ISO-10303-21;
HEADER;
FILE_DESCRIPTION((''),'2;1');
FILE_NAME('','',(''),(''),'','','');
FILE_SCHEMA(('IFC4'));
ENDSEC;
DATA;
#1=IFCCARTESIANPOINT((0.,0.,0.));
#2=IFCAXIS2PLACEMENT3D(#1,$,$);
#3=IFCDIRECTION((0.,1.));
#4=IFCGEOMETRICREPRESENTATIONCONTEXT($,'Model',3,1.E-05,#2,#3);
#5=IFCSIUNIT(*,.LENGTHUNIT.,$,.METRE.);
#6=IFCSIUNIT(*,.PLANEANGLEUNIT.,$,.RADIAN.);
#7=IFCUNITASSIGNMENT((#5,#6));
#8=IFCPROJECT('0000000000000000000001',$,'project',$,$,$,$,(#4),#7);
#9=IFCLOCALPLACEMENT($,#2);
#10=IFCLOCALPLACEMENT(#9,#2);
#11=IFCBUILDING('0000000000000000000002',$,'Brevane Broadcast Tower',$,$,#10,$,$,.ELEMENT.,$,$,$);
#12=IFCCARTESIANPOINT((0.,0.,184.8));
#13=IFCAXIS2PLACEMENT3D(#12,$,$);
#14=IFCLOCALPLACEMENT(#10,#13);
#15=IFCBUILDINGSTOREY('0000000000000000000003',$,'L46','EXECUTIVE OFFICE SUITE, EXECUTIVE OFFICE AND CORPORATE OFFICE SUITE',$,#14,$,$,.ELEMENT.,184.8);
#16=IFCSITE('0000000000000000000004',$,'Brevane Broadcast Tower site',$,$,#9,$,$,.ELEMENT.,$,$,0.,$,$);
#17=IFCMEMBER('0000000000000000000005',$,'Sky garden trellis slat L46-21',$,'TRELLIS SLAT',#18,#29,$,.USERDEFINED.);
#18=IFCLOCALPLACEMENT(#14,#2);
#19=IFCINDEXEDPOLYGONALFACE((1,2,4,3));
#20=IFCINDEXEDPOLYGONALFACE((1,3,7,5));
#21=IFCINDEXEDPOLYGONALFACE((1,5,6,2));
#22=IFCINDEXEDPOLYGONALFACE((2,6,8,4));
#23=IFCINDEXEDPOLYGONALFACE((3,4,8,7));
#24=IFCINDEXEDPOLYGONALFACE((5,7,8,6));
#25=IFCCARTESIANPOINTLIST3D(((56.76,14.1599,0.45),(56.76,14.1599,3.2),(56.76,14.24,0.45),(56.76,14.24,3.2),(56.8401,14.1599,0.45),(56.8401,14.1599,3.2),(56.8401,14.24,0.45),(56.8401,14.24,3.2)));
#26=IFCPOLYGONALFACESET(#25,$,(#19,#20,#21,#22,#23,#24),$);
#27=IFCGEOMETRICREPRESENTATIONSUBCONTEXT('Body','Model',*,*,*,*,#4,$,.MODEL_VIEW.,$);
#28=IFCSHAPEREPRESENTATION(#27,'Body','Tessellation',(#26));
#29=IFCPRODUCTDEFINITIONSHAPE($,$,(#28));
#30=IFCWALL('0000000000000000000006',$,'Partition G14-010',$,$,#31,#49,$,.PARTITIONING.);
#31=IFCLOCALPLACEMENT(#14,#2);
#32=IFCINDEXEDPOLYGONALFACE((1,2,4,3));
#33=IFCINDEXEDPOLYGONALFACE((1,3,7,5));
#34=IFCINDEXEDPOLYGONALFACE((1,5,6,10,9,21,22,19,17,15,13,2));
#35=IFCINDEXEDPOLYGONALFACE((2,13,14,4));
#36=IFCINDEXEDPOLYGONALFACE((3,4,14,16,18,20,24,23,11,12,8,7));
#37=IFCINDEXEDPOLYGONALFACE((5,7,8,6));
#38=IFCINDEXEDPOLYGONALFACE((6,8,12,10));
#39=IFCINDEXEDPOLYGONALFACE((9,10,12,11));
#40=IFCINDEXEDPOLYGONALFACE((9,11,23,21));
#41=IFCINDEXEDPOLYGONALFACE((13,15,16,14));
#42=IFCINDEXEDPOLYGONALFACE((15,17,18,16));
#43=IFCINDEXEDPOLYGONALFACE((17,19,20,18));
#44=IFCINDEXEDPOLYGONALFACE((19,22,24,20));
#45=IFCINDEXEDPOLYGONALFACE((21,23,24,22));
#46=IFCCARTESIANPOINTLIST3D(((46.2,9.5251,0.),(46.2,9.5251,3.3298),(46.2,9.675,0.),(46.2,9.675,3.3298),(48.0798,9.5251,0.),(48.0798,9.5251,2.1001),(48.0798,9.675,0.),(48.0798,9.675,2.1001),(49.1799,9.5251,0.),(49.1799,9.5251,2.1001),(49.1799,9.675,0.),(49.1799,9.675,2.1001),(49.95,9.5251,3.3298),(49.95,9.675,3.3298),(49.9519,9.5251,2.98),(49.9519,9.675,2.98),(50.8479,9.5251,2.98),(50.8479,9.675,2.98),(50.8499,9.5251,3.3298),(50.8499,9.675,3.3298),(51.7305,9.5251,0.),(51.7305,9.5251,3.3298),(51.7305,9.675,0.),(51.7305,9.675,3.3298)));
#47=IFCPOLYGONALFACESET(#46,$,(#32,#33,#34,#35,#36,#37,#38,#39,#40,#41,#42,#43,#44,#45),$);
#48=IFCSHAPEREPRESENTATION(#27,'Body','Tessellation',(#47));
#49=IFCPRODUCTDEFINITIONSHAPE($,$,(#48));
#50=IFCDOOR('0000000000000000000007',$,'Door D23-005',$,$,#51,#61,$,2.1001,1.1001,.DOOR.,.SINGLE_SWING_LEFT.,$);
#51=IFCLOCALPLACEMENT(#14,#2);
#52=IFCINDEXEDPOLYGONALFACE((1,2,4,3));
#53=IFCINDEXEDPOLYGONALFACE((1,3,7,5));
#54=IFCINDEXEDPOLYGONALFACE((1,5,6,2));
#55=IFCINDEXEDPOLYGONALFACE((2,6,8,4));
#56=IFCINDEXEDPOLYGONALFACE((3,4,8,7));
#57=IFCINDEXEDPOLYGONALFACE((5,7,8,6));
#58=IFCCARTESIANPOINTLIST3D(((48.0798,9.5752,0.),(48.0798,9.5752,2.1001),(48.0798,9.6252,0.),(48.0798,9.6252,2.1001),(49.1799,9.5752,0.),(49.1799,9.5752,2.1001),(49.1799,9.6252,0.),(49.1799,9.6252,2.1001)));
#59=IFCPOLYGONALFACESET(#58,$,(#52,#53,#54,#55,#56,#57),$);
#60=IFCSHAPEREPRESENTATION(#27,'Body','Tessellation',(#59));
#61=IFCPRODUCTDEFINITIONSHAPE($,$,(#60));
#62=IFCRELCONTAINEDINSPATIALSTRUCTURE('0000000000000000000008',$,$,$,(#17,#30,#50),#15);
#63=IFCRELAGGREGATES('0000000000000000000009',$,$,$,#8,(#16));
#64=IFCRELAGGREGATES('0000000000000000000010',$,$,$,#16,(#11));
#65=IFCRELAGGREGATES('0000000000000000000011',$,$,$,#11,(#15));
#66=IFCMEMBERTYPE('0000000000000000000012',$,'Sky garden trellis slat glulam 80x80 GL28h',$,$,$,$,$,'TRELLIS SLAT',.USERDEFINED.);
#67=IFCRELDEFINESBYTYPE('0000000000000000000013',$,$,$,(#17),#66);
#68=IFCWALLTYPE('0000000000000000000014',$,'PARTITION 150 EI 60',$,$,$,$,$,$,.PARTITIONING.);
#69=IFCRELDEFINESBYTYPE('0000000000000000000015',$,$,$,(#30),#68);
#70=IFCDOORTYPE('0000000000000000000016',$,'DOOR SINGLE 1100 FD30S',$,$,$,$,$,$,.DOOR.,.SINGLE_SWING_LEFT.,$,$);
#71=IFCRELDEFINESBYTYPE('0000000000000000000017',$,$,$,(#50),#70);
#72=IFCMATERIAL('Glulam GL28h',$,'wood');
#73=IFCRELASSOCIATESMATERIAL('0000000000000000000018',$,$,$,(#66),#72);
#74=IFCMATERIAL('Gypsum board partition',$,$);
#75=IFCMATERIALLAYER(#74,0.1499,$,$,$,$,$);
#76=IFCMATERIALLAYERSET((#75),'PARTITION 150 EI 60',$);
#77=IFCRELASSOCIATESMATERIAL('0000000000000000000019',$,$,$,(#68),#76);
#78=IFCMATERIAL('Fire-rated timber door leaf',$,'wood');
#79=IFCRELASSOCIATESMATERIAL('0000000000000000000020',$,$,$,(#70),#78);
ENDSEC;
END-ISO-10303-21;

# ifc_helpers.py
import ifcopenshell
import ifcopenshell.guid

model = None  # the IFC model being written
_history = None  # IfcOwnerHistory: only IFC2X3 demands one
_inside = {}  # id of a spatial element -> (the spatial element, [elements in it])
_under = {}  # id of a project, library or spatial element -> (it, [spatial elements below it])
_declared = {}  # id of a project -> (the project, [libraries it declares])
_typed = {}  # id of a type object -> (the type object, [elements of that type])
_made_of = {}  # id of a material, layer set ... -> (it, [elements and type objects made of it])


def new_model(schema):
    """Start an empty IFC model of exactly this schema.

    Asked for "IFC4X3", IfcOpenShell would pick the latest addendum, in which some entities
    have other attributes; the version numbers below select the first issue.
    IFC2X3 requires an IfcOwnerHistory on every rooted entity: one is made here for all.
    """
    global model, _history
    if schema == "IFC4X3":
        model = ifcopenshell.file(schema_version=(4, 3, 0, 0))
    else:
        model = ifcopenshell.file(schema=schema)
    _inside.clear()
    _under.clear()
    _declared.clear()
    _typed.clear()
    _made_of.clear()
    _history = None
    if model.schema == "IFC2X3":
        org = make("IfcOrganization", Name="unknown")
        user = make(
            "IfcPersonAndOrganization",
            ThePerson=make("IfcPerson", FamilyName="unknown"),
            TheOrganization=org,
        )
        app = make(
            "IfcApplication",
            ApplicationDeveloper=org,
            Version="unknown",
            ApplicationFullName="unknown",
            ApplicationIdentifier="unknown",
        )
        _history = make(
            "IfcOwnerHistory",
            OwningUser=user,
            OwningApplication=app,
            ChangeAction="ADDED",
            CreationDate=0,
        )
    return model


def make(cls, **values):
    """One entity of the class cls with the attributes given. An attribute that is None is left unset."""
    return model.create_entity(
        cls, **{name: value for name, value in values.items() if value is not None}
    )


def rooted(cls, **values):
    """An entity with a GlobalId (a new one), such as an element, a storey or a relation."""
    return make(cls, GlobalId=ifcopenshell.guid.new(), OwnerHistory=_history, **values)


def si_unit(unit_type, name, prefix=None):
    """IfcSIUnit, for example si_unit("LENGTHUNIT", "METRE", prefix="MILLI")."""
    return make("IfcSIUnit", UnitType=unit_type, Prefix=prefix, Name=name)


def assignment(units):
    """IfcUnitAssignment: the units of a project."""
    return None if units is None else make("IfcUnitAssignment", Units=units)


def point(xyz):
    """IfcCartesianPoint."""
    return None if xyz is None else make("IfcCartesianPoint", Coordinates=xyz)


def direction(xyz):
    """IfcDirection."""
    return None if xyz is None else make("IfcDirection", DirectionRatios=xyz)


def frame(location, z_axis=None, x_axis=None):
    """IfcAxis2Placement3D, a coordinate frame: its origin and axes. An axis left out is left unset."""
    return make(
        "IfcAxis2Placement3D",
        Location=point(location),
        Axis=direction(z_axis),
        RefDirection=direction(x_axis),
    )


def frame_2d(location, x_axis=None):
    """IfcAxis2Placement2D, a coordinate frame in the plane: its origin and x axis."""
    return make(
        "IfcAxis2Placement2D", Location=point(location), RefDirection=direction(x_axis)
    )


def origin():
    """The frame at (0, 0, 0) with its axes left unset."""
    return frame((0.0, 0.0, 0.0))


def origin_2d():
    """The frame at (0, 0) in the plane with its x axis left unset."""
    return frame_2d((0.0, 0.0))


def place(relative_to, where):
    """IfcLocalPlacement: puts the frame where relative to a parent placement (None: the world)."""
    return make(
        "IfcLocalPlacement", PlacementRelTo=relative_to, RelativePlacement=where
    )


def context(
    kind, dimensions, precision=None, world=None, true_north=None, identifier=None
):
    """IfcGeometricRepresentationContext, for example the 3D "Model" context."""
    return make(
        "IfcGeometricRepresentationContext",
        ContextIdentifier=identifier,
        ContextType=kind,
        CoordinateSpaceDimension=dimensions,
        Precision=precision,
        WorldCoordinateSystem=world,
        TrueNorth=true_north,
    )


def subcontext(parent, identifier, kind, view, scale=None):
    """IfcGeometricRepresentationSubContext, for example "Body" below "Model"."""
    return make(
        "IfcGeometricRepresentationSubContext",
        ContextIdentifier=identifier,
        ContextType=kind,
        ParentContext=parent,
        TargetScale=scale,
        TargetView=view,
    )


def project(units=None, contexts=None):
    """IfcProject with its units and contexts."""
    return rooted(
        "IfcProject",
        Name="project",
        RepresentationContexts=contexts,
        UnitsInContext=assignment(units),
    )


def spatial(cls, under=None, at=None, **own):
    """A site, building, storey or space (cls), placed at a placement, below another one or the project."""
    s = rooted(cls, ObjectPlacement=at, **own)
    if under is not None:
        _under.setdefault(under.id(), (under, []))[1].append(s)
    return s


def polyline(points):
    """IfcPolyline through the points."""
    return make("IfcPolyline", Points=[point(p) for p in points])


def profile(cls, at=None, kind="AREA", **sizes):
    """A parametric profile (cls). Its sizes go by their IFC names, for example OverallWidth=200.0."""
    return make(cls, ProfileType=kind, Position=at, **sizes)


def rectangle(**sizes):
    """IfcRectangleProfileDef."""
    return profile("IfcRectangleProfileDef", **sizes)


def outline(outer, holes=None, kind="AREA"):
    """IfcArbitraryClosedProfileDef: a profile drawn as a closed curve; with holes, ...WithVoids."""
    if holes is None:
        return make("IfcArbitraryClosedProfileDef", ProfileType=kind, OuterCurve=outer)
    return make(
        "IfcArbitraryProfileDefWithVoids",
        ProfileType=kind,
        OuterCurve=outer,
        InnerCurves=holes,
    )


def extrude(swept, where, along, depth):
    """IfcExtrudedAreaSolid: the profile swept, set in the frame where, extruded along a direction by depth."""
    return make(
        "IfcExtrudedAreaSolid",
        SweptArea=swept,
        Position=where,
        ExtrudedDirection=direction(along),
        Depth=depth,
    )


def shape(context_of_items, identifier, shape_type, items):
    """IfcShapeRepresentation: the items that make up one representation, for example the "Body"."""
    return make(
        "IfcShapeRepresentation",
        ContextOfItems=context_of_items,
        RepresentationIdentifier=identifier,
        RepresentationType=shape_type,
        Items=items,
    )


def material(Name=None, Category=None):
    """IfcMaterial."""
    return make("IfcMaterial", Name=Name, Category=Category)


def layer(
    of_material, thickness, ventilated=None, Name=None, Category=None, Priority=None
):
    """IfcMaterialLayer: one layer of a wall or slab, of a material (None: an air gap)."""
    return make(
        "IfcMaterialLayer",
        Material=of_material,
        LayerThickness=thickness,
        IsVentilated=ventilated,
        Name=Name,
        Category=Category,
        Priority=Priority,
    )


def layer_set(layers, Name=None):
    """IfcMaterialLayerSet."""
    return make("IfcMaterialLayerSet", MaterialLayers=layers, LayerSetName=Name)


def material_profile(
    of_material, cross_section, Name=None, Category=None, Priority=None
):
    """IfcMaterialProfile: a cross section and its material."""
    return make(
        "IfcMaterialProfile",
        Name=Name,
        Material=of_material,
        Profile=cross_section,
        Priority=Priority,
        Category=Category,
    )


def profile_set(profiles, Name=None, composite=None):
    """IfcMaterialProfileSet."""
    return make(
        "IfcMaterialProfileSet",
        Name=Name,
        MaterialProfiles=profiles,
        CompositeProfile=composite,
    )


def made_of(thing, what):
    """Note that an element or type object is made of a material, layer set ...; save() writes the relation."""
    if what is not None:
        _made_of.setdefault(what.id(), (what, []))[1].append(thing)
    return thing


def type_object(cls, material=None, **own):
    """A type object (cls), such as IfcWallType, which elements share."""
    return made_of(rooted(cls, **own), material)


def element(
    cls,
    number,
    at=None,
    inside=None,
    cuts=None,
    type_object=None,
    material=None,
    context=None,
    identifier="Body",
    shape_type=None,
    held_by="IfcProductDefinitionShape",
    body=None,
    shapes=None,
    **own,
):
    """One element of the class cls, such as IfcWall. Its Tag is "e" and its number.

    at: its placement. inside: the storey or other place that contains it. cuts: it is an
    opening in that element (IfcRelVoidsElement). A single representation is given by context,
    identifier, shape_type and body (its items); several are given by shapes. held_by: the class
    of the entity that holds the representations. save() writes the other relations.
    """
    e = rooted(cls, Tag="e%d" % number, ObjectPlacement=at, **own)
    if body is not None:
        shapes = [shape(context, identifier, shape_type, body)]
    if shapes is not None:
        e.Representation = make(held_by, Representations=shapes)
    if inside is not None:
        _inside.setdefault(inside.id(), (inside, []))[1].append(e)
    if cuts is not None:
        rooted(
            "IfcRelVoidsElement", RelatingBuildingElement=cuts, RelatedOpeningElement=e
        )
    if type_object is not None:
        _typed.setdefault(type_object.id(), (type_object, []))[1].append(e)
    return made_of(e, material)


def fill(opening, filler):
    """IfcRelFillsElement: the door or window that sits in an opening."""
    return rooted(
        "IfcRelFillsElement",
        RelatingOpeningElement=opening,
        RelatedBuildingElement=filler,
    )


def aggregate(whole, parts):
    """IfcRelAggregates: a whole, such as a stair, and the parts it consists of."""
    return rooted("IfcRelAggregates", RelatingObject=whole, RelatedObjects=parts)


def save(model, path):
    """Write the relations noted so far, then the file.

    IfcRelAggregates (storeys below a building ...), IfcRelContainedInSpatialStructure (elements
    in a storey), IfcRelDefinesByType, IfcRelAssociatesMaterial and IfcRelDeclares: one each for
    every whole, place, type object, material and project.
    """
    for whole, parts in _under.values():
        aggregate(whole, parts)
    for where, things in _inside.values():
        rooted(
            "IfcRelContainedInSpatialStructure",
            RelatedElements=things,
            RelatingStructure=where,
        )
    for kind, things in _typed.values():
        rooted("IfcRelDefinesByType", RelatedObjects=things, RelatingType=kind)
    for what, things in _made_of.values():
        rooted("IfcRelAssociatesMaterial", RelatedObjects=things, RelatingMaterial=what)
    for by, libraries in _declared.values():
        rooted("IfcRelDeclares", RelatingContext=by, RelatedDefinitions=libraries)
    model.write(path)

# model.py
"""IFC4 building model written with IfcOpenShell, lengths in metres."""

from ifc_helpers import new_model, si_unit, direction, frame, frame_2d, origin, origin_2d, place, context, subcontext, project, spatial, polyline, rectangle, outline, extrude, material, layer, layer_set, material_profile, profile_set, type_object, element, fill, save


model = new_model("IFC4")

# Units and contexts
model_context = context("Model", 3, precision=1e-05, world=origin(), true_north=direction((0.0, 1.0)))
body_context = subcontext(model_context, "Body", "Model", "MODEL_VIEW")
ifc_project = project(units=[si_unit("LENGTHUNIT", "METRE"), si_unit("PLANEANGLEUNIT", "RADIAN")], contexts=[model_context])

# Site, building, storey
site_placement = place(None, origin())
site = spatial("IfcSite", under=ifc_project, at=site_placement, Name="Brevane Broadcast Tower site", CompositionType="ELEMENT", RefElevation=0.0)
building_placement = place(site_placement, origin())
building = spatial("IfcBuilding", under=site, at=building_placement, Name="Brevane Broadcast Tower", CompositionType="ELEMENT")
storey_placement = place(building_placement, frame((0.0, 0.0, 184.8)))
storey = spatial("IfcBuildingStorey", under=building, at=storey_placement, Name="L46", Description="EXECUTIVE OFFICE SUITE, EXECUTIVE OFFICE AND CORPORATE OFFICE SUITE", CompositionType="ELEMENT", Elevation=184.8)

# Member
ifc_material_1 = material(Name="Glulam GL28h", Category="wood")
ifc_material_profile_1 = material_profile(ifc_material_1, rectangle(XDim=0.0801, YDim=0.0801, at=origin_2d()), Name="RECT 80x80")
ifc_profile_set_1 = profile_set([ifc_material_profile_1], Name="Glulam GL28h")
member_type_1 = type_object("IfcMemberType", Name="Sky garden trellis slat glulam 80x80 GL28h", ElementType="TRELLIS SLAT", PredefinedType="USERDEFINED", material=ifc_profile_set_1)
for number, where, z_axis, x_axis, name in (
    (1, (56.8, 14.2, 0.45), (0.0, 0.0, 1.0), (1.0, 0.0, 0.0), "Sky garden trellis slat L46-21"),
):
    element("IfcMember", number, at=place(storey_placement, frame(where, z_axis=z_axis, x_axis=x_axis)), inside=storey, type_object=member_type_1, Name=name, ObjectType="TRELLIS SLAT", PredefinedType="USERDEFINED", context=body_context, shape_type="SweptSolid", body=[
        extrude(rectangle(XDim=0.0801, YDim=0.0801, at=origin_2d()), origin(), (0.0, 0.0, 1.0), 2.75),
    ])

# Wall, opening, door
ifc_material_2 = material(Name="Gypsum board partition")
ifc_layer = layer(ifc_material_2, 0.1499)
ifc_layer_set = layer_set([ifc_layer], Name="PARTITION 150 EI 60")
wall_type = type_object("IfcWallType", Name="PARTITION 150 EI 60", PredefinedType="PARTITIONING", material=ifc_layer_set)
wall_placement = place(storey_placement, frame((51.7305, 9.6001, 0.0), z_axis=(0.0, 0.0, 1.0), x_axis=(-1.0, 0.0, 0.0)))
wall = element("IfcWall", 2, at=wall_placement, inside=storey, type_object=wall_type, Name="Partition G14-010", PredefinedType="PARTITIONING", context=body_context, shape_type="SweptSolid", body=[
    extrude(outline(polyline([(0.0, 0.0), (5.5305, 0.0), (5.5305, 3.3298), (1.7805, 3.3298), (1.7786, 2.98), (0.8826, 2.98), (0.8806, 3.3298), (0.2505, 3.3298), (0.0, 3.3298), (0.0, 0.0)])), frame((0.0, 0.075, 0.0), z_axis=(0.0, -1.0, 0.0), x_axis=(1.0, 0.0, 0.0)), (0.0, 0.0, 1.0), 0.1499),
])
opening_placement = place(wall_placement, frame((2.5505, 0.0, 0.0)))
opening = element("IfcOpeningElement", 3, at=opening_placement, cuts=wall, PredefinedType="OPENING", context=body_context, shape_type="SweptSolid", body=[
    extrude(rectangle(XDim=1.1001, YDim=2.1001, at=frame_2d((0.55, 1.05))), frame((0.0, 0.085, 0.0), z_axis=(0.0, -1.0, 0.0), x_axis=(1.0, 0.0, 0.0)), (0.0, 0.0, 1.0), 0.1699),
])
ifc_material_3 = material(Name="Fire-rated timber door leaf", Category="wood")
door_type = type_object("IfcDoorType", Name="DOOR SINGLE 1100 FD30S", OperationType="SINGLE_SWING_LEFT", PredefinedType="DOOR", material=ifc_material_3)
door_placement = place(opening_placement, origin())
door = element("IfcDoor", 4, at=door_placement, inside=storey, type_object=door_type, Name="Door D23-005", OperationType="SINGLE_SWING_LEFT", OverallHeight=2.1001, OverallWidth=1.1001, PredefinedType="DOOR", context=body_context, shape_type="SweptSolid", body=[
    extrude(rectangle(XDim=1.1001, YDim=2.1001, at=frame_2d((0.55, 1.05))), frame((0.0, 0.0249, 0.0), z_axis=(0.0, -1.0, 0.0), x_axis=(1.0, 0.0, 0.0)), (0.0, 0.0, 1.0), 0.05),
])
fill(opening, door)

save(model, "model.ifc")
